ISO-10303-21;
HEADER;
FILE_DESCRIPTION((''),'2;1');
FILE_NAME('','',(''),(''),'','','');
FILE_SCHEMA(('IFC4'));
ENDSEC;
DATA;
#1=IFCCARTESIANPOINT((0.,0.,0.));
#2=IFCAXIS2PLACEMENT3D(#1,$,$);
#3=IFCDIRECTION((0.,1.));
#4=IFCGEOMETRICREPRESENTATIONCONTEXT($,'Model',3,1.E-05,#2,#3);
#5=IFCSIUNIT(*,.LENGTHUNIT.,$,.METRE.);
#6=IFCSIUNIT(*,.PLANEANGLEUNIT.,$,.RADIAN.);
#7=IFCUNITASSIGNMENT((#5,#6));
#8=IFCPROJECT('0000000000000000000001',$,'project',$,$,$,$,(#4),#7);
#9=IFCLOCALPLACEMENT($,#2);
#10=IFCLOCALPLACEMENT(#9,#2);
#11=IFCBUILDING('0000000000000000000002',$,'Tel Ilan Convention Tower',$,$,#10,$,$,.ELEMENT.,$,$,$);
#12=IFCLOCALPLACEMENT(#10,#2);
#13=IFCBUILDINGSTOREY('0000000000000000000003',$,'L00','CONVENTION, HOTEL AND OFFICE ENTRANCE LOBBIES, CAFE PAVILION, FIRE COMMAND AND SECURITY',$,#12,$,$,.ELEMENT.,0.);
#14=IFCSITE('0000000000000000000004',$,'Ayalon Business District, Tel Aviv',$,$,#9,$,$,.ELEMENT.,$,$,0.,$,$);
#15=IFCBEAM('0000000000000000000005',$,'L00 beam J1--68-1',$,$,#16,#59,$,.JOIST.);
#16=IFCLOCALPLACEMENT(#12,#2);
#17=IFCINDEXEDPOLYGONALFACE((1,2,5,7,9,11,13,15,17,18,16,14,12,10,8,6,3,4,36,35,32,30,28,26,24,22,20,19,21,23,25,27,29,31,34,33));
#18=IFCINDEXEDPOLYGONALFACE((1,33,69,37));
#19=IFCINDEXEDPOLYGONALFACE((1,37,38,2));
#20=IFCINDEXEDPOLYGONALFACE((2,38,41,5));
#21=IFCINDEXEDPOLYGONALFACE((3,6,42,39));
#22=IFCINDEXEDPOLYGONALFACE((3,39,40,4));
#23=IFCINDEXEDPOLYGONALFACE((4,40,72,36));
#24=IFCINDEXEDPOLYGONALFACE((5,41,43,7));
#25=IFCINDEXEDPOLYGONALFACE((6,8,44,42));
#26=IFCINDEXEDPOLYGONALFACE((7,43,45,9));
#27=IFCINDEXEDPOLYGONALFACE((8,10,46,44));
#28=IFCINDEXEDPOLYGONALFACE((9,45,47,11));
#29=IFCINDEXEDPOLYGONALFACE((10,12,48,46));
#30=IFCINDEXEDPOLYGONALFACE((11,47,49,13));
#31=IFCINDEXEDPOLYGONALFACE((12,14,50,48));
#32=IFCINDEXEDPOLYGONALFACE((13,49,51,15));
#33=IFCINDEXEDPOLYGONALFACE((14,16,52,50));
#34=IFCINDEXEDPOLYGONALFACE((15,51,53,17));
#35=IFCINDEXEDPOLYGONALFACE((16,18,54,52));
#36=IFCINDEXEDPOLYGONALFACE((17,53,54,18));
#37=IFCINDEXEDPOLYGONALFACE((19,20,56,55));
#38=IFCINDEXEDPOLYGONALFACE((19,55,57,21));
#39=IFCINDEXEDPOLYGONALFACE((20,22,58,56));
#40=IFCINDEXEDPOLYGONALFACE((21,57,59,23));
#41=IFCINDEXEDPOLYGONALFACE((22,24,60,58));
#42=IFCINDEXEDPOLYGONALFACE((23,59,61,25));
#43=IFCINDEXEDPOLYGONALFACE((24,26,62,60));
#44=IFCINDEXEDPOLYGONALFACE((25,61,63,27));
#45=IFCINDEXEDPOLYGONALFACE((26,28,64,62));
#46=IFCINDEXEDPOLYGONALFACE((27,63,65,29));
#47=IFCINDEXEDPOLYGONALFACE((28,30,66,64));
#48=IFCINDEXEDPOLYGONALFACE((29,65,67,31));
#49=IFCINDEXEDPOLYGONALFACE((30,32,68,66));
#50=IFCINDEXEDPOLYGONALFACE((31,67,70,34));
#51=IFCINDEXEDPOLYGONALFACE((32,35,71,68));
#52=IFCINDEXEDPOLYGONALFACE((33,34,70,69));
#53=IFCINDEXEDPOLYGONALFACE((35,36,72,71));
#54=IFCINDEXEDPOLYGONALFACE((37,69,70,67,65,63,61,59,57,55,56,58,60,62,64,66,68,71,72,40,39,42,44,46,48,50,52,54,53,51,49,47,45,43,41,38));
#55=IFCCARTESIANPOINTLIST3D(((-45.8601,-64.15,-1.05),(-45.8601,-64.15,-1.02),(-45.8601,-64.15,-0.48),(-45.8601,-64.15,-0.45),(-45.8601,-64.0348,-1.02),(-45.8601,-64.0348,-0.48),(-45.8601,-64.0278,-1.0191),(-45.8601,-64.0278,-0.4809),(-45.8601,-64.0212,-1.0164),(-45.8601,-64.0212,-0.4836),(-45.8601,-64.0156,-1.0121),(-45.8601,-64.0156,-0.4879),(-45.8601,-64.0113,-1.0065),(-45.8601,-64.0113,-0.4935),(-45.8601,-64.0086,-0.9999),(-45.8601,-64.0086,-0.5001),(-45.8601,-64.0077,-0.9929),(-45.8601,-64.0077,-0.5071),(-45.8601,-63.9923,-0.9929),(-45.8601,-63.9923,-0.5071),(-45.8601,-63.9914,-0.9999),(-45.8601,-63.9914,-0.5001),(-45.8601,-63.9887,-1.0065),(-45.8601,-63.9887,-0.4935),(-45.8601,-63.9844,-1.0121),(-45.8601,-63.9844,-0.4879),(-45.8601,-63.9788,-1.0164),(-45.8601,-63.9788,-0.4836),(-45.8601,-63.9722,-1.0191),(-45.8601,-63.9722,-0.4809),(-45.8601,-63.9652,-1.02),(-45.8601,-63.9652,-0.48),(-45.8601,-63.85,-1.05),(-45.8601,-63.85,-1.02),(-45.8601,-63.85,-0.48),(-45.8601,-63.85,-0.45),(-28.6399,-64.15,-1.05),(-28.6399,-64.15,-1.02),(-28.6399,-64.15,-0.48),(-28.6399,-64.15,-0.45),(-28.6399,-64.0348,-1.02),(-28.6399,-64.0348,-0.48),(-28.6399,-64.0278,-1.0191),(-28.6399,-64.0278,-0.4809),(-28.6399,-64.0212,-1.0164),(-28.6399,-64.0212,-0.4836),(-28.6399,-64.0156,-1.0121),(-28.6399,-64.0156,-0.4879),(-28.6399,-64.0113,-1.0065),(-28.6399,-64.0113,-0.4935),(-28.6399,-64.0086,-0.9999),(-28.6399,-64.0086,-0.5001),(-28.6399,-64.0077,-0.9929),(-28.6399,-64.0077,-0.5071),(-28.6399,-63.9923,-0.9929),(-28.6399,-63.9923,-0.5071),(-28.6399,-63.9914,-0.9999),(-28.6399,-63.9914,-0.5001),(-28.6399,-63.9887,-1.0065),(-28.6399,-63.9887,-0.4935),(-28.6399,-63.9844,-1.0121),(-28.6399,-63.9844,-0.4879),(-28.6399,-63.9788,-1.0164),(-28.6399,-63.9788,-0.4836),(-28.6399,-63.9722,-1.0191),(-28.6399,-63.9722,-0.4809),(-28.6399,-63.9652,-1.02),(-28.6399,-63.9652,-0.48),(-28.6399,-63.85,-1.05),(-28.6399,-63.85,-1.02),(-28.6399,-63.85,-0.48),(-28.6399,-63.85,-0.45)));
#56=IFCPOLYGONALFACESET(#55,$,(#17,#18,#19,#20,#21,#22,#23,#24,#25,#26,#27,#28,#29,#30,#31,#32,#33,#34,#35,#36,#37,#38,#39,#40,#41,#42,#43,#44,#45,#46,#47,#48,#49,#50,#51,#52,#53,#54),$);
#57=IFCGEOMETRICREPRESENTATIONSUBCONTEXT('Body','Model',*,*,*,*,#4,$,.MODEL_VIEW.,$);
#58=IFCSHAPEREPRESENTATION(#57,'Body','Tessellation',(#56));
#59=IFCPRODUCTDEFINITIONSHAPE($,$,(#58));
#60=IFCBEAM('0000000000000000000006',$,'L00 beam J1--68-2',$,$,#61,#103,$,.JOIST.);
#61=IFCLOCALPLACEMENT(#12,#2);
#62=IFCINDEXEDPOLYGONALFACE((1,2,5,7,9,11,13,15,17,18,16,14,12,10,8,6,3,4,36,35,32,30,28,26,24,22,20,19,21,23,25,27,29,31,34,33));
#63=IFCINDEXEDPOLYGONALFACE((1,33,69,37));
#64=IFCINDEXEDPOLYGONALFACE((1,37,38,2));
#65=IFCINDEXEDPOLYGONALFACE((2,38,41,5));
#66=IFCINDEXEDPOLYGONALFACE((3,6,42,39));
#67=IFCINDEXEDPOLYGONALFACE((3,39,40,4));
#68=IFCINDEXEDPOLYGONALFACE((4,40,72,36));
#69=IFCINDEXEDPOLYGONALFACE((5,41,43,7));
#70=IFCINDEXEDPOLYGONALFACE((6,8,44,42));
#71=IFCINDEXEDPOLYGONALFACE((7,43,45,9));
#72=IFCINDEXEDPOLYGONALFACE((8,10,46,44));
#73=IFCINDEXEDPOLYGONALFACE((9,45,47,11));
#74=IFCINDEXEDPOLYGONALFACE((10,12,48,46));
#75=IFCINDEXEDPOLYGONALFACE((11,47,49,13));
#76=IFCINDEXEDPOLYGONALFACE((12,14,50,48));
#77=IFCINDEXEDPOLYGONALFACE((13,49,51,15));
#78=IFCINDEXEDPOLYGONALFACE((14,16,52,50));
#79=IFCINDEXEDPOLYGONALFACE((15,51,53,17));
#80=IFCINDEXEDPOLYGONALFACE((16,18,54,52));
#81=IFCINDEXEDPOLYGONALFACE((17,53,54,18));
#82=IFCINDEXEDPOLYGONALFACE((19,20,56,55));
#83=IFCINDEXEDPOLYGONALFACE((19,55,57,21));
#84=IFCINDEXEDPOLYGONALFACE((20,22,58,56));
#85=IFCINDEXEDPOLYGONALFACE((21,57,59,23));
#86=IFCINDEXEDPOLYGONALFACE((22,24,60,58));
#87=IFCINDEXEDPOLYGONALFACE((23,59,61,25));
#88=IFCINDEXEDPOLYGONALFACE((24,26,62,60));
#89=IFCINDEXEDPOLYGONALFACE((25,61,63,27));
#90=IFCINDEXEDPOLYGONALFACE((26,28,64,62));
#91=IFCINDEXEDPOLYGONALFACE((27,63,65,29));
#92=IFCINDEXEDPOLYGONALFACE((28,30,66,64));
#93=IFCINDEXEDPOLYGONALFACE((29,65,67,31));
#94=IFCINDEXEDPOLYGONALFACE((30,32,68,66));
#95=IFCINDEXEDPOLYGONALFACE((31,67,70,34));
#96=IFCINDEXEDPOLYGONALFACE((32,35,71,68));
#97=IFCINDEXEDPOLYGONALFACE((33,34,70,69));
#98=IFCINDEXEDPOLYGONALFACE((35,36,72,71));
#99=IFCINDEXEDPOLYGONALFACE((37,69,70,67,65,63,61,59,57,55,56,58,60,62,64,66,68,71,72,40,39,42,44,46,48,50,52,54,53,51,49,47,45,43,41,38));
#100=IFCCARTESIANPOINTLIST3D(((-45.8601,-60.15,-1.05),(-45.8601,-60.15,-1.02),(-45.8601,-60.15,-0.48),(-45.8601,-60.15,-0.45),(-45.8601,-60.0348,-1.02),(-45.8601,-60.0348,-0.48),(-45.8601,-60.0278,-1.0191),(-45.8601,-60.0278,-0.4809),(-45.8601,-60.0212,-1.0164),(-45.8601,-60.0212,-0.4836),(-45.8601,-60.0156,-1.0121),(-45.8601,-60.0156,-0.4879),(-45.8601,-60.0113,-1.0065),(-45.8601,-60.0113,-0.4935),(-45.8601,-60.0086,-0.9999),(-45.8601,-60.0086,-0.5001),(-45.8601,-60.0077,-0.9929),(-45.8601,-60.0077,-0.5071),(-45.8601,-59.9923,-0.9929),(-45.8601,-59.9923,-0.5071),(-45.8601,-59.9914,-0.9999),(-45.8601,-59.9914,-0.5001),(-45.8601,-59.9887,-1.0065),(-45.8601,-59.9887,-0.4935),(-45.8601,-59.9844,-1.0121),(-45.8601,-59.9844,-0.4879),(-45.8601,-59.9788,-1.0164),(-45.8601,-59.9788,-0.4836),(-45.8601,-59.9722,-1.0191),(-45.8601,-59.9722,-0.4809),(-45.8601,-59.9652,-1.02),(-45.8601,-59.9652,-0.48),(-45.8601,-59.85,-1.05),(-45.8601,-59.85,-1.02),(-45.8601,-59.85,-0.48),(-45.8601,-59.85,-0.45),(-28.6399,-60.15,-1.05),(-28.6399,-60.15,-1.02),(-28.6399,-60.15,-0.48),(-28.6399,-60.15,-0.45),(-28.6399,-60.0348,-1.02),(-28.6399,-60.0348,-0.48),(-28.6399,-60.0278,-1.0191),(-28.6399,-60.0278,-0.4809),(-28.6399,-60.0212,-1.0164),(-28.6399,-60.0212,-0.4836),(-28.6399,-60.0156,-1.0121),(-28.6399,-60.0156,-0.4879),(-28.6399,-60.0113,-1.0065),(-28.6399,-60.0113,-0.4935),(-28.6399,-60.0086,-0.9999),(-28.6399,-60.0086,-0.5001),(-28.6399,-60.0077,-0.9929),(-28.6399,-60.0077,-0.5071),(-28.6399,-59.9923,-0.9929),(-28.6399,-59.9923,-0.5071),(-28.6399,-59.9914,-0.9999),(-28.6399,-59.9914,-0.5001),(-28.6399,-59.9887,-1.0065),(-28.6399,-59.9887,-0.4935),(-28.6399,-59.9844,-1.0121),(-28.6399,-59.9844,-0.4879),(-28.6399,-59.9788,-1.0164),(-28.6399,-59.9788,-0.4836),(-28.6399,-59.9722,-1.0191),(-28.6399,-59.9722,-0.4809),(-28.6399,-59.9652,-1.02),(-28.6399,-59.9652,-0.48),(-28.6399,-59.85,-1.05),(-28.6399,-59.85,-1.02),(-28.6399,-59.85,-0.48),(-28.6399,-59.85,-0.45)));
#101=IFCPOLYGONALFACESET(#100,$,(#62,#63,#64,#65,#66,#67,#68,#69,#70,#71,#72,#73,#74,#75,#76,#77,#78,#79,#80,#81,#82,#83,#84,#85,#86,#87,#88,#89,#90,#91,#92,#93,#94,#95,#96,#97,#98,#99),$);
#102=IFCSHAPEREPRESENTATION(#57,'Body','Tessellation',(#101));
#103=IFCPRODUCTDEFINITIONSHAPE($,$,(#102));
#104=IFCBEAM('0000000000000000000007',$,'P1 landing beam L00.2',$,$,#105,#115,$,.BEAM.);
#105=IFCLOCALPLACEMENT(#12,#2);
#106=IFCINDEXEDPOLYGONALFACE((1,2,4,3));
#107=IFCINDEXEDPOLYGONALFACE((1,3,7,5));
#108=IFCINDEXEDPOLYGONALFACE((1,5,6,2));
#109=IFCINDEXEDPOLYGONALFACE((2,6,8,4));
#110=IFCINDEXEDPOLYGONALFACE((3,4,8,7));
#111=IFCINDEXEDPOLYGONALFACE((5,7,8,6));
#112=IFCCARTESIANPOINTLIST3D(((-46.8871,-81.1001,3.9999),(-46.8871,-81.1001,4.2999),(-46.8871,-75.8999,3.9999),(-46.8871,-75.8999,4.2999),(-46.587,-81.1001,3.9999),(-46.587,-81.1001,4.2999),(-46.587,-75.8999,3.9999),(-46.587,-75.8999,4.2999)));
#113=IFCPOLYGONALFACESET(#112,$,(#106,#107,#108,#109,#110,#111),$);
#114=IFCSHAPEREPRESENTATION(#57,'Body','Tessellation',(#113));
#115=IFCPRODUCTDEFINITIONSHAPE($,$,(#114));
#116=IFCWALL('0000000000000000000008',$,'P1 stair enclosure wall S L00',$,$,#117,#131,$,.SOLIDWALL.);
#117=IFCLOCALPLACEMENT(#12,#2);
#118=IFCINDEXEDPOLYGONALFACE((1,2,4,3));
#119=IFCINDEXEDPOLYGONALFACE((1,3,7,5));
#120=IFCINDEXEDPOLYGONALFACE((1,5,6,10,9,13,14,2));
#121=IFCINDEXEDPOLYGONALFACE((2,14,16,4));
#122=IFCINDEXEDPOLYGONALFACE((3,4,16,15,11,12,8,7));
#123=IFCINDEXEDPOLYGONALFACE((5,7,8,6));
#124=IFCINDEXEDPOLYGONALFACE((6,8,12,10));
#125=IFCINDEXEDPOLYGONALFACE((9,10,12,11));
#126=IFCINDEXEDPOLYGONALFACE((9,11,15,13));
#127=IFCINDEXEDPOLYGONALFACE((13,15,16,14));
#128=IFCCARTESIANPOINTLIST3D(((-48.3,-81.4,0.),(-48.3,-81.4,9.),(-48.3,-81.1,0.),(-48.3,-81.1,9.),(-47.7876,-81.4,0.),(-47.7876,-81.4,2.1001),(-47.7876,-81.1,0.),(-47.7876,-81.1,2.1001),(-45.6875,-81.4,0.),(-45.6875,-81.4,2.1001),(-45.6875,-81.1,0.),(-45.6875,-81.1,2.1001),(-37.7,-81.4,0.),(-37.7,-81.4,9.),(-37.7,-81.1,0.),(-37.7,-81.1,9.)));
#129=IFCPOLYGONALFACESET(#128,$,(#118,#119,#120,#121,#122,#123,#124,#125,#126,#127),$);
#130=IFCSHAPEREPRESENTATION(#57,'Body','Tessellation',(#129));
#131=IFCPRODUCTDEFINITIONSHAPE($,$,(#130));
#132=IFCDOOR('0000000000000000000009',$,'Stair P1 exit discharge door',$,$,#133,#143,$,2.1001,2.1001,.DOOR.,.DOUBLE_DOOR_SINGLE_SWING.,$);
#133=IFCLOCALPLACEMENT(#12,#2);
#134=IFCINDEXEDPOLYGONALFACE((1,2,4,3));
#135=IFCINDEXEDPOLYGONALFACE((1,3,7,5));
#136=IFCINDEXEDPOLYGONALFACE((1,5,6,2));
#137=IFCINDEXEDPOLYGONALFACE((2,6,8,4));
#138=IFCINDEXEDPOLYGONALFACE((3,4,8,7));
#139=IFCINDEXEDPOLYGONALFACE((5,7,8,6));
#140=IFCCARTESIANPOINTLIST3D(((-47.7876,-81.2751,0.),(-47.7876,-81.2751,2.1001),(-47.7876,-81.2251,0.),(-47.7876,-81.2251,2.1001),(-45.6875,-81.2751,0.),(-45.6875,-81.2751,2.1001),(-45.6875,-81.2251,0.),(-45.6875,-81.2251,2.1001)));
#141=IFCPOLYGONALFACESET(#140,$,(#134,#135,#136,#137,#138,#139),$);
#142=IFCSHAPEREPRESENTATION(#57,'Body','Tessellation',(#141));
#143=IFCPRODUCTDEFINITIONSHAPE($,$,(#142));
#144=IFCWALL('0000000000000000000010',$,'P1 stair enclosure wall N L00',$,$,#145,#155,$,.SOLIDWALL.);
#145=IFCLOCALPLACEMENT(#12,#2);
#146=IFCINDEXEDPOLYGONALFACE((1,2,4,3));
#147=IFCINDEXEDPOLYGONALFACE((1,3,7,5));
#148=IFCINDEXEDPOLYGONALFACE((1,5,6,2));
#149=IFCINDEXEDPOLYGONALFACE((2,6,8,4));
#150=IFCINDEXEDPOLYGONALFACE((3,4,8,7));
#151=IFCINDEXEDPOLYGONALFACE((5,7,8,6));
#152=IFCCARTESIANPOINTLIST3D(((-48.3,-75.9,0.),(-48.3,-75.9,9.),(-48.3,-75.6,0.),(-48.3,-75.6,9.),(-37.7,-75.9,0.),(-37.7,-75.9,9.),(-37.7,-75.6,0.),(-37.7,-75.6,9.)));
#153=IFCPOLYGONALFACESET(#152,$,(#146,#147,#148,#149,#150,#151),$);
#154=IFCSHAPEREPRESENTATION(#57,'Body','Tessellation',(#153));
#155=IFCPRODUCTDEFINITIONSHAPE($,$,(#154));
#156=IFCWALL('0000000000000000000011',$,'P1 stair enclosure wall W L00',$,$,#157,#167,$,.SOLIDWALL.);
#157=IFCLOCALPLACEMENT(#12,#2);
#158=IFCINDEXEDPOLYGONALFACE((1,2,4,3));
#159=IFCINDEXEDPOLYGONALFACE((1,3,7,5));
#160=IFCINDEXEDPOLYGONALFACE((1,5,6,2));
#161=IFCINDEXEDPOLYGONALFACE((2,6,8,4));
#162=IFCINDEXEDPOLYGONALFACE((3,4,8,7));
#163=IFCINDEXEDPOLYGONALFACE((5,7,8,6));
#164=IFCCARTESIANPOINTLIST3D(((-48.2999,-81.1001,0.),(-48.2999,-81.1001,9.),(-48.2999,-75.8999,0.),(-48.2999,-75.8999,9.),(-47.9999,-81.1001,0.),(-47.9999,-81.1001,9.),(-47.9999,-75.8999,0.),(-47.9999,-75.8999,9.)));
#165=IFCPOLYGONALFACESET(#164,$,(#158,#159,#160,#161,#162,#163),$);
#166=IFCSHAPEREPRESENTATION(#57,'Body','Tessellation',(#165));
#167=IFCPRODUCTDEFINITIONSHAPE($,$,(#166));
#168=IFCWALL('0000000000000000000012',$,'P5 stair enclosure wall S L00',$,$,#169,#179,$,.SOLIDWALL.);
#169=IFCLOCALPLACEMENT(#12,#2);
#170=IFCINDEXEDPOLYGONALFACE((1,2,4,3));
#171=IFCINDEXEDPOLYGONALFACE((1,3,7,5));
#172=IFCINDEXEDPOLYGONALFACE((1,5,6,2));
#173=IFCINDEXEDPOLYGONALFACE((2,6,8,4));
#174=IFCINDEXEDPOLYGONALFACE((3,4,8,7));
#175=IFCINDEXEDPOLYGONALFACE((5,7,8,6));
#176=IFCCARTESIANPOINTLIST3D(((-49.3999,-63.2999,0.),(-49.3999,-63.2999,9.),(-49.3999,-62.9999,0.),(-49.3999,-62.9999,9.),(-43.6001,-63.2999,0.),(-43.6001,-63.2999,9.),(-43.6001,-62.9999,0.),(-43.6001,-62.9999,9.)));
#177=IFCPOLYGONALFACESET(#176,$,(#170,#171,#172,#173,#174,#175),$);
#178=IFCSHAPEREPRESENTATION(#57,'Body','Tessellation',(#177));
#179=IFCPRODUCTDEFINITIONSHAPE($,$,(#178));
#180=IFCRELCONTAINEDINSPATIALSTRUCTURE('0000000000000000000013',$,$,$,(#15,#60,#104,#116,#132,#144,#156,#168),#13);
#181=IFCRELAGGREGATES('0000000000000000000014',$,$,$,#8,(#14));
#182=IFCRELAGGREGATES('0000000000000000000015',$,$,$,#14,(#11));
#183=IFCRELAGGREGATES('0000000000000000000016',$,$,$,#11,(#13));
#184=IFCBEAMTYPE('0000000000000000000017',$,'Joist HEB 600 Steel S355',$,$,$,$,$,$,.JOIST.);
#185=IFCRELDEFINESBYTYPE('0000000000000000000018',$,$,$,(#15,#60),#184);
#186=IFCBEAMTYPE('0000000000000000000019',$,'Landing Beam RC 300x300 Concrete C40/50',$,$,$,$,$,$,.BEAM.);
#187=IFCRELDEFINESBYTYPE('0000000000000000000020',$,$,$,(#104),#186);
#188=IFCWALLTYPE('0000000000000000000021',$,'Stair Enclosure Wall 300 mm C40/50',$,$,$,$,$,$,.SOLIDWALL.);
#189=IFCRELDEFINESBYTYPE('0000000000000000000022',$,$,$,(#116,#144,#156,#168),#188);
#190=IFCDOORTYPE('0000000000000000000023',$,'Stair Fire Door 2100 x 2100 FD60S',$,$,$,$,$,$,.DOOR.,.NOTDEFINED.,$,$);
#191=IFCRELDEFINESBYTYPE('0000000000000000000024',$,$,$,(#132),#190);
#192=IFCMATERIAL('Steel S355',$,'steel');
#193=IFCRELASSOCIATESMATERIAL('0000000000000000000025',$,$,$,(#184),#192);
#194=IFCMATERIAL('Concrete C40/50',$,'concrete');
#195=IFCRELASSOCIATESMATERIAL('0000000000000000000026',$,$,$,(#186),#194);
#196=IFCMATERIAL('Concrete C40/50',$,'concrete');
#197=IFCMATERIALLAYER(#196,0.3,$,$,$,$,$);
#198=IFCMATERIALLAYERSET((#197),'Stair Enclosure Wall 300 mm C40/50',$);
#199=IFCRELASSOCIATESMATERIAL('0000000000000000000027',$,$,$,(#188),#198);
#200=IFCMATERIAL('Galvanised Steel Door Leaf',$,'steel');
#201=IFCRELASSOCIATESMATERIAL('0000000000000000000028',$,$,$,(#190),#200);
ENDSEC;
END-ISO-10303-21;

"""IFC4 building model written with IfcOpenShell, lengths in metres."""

from ifc_helpers import new_model, si_unit, direction, frame, frame_2d, origin, origin_2d, place, context, subcontext, project, spatial, rectangle, i_section, extrude, material, layer, layer_set, material_profile, profile_set, type_object, element, fill, save


model = new_model("IFC4")

# Units and contexts
model_context = context("Model", 3, precision=1e-05, world=origin(), true_north=direction((0.0, 1.0)))
body_context = subcontext(model_context, "Body", "Model", "MODEL_VIEW")
ifc_project = project(units=[si_unit("LENGTHUNIT", "METRE"), si_unit("PLANEANGLEUNIT", "RADIAN")], contexts=[model_context])

# Site, building, storey
site_placement = place(None, origin())
site = spatial("IfcSite", under=ifc_project, at=site_placement, Name="Ayalon Business District, Tel Aviv", CompositionType="ELEMENT", RefElevation=0.0)
building_placement = place(site_placement, origin())
building = spatial("IfcBuilding", under=site, at=building_placement, Name="Tel Ilan Convention Tower", CompositionType="ELEMENT")
storey_placement = place(building_placement, origin())
storey = spatial("IfcBuildingStorey", under=building, at=storey_placement, Name="L00", Description="CONVENTION, HOTEL AND OFFICE ENTRANCE LOBBIES, CAFE PAVILION, FIRE COMMAND AND SECURITY", CompositionType="ELEMENT", Elevation=0.0)

# Beams
ifc_material_1 = material(Name="Steel S355", Category="steel")
ifc_material_profile_1 = material_profile(ifc_material_1, i_section(OverallWidth=0.3, OverallDepth=0.6001, WebThickness=0.0154, FlangeThickness=0.03, FilletRadius=0.0271, at=origin_2d()), Name="HEB 600")
ifc_profile_set_1 = profile_set([ifc_material_profile_1], Name="Steel S355")
beam_type_1 = type_object("IfcBeamType", Name="Joist HEB 600 Steel S355", PredefinedType="JOIST", material=ifc_profile_set_1)
for number, where, z_axis, x_axis, name in (
    (1, (-45.8601, -64.0, -0.75), (1.0, 0.0, 0.0), (0.0, 1.0, 0.0), "L00 beam J1--68-1"),
    (2, (-45.8601, -60.0, -0.75), (1.0, 0.0, 0.0), (0.0, 1.0, 0.0), "L00 beam J1--68-2"),
):
    element("IfcBeam", number, at=place(storey_placement, frame(where, z_axis=z_axis, x_axis=x_axis)), inside=storey, type_object=beam_type_1, Name=name, PredefinedType="JOIST", context=body_context, shape_type="SweptSolid", body=[
        extrude(i_section(OverallWidth=0.3, OverallDepth=0.6001, WebThickness=0.0154, FlangeThickness=0.03, FilletRadius=0.0271, at=origin_2d()), origin(), (0.0, 0.0, 1.0), 17.2202),
    ])
ifc_material_2 = material(Name="Concrete C40/50", Category="concrete")
ifc_material_profile_2 = material_profile(ifc_material_2, rectangle(XDim=0.3, YDim=0.3, at=origin_2d()), Name="RC 300x300")
ifc_profile_set_2 = profile_set([ifc_material_profile_2], Name="Concrete C40/50")
beam_type_2 = type_object("IfcBeamType", Name="Landing Beam RC 300x300 Concrete C40/50", PredefinedType="BEAM", material=ifc_profile_set_2)
beam_1_placement = place(storey_placement, frame((-46.7371, -81.1001, 4.1499), z_axis=(0.0, 1.0, 0.0), x_axis=(-1.0, 0.0, 0.0)))
element("IfcBeam", 3, at=beam_1_placement, inside=storey, type_object=beam_type_2, Name="P1 landing beam L00.2", PredefinedType="BEAM", context=body_context, shape_type="SweptSolid", body=[
    extrude(rectangle(XDim=0.3, YDim=0.3, at=origin_2d()), origin(), (0.0, 0.0, 1.0), 5.2002),
])

# Wall, opening, door
ifc_material_3 = material(Name="Concrete C40/50", Category="concrete")
ifc_layer = layer(ifc_material_3, 0.3)
ifc_layer_set = layer_set([ifc_layer], Name="Stair Enclosure Wall 300 mm C40/50")
wall_type = type_object("IfcWallType", Name="Stair Enclosure Wall 300 mm C40/50", PredefinedType="SOLIDWALL", material=ifc_layer_set)
wall_1_placement = place(storey_placement, frame((-48.3, -81.25, 0.0), z_axis=(0.0, 0.0, 1.0), x_axis=(1.0, 0.0, 0.0)))
wall_1 = element("IfcWall", 4, at=wall_1_placement, inside=storey, type_object=wall_type, Name="P1 stair enclosure wall S L00", PredefinedType="SOLIDWALL", context=body_context, shape_type="SweptSolid", body=[
    extrude(rectangle(XDim=10.6001, YDim=0.3, at=frame_2d((5.3, 0.0))), origin(), (0.0, 0.0, 1.0), 9.0),
])
opening_1_placement = place(wall_1_placement, frame((0.5125, 0.0, 0.0)))
opening_1 = element("IfcOpeningElement", 5, at=opening_1_placement, cuts=wall_1, PredefinedType="OPENING", context=body_context, shape_type="SweptSolid", body=[
    extrude(rectangle(XDim=2.1001, YDim=2.1001, at=frame_2d((1.05, 1.05))), frame((0.0, 0.1599, 0.0), z_axis=(0.0, -1.0, 0.0), x_axis=(1.0, 0.0, 0.0)), (0.0, 0.0, 1.0), 0.3201),
])
ifc_material_4 = material(Name="Galvanised Steel Door Leaf", Category="steel")
door_type = type_object("IfcDoorType", Name="Stair Fire Door 2100 x 2100 FD60S", OperationType="NOTDEFINED", PredefinedType="DOOR", material=ifc_material_4)
door_1_placement = place(opening_1_placement, origin())
door_1 = element("IfcDoor", 6, at=door_1_placement, inside=storey, type_object=door_type, Name="Stair P1 exit discharge door", OperationType="DOUBLE_DOOR_SINGLE_SWING", OverallHeight=2.1001, OverallWidth=2.1001, PredefinedType="DOOR", context=body_context, shape_type="SweptSolid", body=[
    extrude(rectangle(XDim=2.1001, YDim=2.1001, at=frame_2d((1.05, 1.05))), frame((0.0, 0.0249, 0.0), z_axis=(0.0, -1.0, 0.0), x_axis=(1.0, 0.0, 0.0)), (0.0, 0.0, 1.0), 0.05),
])
fill(opening_1, door_1)

# Walls
wall_2_placement = place(storey_placement, frame((-48.3, -75.75, 0.0), z_axis=(0.0, 0.0, 1.0), x_axis=(1.0, 0.0, 0.0)))
element("IfcWall", 7, at=wall_2_placement, inside=storey, type_object=wall_type, Name="P1 stair enclosure wall N L00", PredefinedType="SOLIDWALL", context=body_context, shape_type="SweptSolid", body=[
    extrude(rectangle(XDim=10.6001, YDim=0.3, at=frame_2d((5.3, 0.0))), origin(), (0.0, 0.0, 1.0), 9.0),
])
wall_3_placement = place(storey_placement, frame((-48.1499, -81.1001, 0.0), z_axis=(0.0, 0.0, 1.0), x_axis=(0.0, 1.0, 0.0)))
element("IfcWall", 8, at=wall_3_placement, inside=storey, type_object=wall_type, Name="P1 stair enclosure wall W L00", PredefinedType="SOLIDWALL", context=body_context, shape_type="SweptSolid", body=[
    extrude(rectangle(XDim=5.2002, YDim=0.3, at=frame_2d((2.6001, 0.0))), origin(), (0.0, 0.0, 1.0), 9.0),
])
wall_4_placement = place(storey_placement, frame((-49.3999, -63.1499, 0.0), z_axis=(0.0, 0.0, 1.0), x_axis=(1.0, 0.0, 0.0)))
element("IfcWall", 9, at=wall_4_placement, inside=storey, type_object=wall_type, Name="P5 stair enclosure wall S L00", PredefinedType="SOLIDWALL", context=body_context, shape_type="SweptSolid", body=[
    extrude(rectangle(XDim=5.7998, YDim=0.3, at=frame_2d((2.8999, 0.0))), origin(), (0.0, 0.0, 1.0), 9.0),
])

save(model, "model.ifc")
